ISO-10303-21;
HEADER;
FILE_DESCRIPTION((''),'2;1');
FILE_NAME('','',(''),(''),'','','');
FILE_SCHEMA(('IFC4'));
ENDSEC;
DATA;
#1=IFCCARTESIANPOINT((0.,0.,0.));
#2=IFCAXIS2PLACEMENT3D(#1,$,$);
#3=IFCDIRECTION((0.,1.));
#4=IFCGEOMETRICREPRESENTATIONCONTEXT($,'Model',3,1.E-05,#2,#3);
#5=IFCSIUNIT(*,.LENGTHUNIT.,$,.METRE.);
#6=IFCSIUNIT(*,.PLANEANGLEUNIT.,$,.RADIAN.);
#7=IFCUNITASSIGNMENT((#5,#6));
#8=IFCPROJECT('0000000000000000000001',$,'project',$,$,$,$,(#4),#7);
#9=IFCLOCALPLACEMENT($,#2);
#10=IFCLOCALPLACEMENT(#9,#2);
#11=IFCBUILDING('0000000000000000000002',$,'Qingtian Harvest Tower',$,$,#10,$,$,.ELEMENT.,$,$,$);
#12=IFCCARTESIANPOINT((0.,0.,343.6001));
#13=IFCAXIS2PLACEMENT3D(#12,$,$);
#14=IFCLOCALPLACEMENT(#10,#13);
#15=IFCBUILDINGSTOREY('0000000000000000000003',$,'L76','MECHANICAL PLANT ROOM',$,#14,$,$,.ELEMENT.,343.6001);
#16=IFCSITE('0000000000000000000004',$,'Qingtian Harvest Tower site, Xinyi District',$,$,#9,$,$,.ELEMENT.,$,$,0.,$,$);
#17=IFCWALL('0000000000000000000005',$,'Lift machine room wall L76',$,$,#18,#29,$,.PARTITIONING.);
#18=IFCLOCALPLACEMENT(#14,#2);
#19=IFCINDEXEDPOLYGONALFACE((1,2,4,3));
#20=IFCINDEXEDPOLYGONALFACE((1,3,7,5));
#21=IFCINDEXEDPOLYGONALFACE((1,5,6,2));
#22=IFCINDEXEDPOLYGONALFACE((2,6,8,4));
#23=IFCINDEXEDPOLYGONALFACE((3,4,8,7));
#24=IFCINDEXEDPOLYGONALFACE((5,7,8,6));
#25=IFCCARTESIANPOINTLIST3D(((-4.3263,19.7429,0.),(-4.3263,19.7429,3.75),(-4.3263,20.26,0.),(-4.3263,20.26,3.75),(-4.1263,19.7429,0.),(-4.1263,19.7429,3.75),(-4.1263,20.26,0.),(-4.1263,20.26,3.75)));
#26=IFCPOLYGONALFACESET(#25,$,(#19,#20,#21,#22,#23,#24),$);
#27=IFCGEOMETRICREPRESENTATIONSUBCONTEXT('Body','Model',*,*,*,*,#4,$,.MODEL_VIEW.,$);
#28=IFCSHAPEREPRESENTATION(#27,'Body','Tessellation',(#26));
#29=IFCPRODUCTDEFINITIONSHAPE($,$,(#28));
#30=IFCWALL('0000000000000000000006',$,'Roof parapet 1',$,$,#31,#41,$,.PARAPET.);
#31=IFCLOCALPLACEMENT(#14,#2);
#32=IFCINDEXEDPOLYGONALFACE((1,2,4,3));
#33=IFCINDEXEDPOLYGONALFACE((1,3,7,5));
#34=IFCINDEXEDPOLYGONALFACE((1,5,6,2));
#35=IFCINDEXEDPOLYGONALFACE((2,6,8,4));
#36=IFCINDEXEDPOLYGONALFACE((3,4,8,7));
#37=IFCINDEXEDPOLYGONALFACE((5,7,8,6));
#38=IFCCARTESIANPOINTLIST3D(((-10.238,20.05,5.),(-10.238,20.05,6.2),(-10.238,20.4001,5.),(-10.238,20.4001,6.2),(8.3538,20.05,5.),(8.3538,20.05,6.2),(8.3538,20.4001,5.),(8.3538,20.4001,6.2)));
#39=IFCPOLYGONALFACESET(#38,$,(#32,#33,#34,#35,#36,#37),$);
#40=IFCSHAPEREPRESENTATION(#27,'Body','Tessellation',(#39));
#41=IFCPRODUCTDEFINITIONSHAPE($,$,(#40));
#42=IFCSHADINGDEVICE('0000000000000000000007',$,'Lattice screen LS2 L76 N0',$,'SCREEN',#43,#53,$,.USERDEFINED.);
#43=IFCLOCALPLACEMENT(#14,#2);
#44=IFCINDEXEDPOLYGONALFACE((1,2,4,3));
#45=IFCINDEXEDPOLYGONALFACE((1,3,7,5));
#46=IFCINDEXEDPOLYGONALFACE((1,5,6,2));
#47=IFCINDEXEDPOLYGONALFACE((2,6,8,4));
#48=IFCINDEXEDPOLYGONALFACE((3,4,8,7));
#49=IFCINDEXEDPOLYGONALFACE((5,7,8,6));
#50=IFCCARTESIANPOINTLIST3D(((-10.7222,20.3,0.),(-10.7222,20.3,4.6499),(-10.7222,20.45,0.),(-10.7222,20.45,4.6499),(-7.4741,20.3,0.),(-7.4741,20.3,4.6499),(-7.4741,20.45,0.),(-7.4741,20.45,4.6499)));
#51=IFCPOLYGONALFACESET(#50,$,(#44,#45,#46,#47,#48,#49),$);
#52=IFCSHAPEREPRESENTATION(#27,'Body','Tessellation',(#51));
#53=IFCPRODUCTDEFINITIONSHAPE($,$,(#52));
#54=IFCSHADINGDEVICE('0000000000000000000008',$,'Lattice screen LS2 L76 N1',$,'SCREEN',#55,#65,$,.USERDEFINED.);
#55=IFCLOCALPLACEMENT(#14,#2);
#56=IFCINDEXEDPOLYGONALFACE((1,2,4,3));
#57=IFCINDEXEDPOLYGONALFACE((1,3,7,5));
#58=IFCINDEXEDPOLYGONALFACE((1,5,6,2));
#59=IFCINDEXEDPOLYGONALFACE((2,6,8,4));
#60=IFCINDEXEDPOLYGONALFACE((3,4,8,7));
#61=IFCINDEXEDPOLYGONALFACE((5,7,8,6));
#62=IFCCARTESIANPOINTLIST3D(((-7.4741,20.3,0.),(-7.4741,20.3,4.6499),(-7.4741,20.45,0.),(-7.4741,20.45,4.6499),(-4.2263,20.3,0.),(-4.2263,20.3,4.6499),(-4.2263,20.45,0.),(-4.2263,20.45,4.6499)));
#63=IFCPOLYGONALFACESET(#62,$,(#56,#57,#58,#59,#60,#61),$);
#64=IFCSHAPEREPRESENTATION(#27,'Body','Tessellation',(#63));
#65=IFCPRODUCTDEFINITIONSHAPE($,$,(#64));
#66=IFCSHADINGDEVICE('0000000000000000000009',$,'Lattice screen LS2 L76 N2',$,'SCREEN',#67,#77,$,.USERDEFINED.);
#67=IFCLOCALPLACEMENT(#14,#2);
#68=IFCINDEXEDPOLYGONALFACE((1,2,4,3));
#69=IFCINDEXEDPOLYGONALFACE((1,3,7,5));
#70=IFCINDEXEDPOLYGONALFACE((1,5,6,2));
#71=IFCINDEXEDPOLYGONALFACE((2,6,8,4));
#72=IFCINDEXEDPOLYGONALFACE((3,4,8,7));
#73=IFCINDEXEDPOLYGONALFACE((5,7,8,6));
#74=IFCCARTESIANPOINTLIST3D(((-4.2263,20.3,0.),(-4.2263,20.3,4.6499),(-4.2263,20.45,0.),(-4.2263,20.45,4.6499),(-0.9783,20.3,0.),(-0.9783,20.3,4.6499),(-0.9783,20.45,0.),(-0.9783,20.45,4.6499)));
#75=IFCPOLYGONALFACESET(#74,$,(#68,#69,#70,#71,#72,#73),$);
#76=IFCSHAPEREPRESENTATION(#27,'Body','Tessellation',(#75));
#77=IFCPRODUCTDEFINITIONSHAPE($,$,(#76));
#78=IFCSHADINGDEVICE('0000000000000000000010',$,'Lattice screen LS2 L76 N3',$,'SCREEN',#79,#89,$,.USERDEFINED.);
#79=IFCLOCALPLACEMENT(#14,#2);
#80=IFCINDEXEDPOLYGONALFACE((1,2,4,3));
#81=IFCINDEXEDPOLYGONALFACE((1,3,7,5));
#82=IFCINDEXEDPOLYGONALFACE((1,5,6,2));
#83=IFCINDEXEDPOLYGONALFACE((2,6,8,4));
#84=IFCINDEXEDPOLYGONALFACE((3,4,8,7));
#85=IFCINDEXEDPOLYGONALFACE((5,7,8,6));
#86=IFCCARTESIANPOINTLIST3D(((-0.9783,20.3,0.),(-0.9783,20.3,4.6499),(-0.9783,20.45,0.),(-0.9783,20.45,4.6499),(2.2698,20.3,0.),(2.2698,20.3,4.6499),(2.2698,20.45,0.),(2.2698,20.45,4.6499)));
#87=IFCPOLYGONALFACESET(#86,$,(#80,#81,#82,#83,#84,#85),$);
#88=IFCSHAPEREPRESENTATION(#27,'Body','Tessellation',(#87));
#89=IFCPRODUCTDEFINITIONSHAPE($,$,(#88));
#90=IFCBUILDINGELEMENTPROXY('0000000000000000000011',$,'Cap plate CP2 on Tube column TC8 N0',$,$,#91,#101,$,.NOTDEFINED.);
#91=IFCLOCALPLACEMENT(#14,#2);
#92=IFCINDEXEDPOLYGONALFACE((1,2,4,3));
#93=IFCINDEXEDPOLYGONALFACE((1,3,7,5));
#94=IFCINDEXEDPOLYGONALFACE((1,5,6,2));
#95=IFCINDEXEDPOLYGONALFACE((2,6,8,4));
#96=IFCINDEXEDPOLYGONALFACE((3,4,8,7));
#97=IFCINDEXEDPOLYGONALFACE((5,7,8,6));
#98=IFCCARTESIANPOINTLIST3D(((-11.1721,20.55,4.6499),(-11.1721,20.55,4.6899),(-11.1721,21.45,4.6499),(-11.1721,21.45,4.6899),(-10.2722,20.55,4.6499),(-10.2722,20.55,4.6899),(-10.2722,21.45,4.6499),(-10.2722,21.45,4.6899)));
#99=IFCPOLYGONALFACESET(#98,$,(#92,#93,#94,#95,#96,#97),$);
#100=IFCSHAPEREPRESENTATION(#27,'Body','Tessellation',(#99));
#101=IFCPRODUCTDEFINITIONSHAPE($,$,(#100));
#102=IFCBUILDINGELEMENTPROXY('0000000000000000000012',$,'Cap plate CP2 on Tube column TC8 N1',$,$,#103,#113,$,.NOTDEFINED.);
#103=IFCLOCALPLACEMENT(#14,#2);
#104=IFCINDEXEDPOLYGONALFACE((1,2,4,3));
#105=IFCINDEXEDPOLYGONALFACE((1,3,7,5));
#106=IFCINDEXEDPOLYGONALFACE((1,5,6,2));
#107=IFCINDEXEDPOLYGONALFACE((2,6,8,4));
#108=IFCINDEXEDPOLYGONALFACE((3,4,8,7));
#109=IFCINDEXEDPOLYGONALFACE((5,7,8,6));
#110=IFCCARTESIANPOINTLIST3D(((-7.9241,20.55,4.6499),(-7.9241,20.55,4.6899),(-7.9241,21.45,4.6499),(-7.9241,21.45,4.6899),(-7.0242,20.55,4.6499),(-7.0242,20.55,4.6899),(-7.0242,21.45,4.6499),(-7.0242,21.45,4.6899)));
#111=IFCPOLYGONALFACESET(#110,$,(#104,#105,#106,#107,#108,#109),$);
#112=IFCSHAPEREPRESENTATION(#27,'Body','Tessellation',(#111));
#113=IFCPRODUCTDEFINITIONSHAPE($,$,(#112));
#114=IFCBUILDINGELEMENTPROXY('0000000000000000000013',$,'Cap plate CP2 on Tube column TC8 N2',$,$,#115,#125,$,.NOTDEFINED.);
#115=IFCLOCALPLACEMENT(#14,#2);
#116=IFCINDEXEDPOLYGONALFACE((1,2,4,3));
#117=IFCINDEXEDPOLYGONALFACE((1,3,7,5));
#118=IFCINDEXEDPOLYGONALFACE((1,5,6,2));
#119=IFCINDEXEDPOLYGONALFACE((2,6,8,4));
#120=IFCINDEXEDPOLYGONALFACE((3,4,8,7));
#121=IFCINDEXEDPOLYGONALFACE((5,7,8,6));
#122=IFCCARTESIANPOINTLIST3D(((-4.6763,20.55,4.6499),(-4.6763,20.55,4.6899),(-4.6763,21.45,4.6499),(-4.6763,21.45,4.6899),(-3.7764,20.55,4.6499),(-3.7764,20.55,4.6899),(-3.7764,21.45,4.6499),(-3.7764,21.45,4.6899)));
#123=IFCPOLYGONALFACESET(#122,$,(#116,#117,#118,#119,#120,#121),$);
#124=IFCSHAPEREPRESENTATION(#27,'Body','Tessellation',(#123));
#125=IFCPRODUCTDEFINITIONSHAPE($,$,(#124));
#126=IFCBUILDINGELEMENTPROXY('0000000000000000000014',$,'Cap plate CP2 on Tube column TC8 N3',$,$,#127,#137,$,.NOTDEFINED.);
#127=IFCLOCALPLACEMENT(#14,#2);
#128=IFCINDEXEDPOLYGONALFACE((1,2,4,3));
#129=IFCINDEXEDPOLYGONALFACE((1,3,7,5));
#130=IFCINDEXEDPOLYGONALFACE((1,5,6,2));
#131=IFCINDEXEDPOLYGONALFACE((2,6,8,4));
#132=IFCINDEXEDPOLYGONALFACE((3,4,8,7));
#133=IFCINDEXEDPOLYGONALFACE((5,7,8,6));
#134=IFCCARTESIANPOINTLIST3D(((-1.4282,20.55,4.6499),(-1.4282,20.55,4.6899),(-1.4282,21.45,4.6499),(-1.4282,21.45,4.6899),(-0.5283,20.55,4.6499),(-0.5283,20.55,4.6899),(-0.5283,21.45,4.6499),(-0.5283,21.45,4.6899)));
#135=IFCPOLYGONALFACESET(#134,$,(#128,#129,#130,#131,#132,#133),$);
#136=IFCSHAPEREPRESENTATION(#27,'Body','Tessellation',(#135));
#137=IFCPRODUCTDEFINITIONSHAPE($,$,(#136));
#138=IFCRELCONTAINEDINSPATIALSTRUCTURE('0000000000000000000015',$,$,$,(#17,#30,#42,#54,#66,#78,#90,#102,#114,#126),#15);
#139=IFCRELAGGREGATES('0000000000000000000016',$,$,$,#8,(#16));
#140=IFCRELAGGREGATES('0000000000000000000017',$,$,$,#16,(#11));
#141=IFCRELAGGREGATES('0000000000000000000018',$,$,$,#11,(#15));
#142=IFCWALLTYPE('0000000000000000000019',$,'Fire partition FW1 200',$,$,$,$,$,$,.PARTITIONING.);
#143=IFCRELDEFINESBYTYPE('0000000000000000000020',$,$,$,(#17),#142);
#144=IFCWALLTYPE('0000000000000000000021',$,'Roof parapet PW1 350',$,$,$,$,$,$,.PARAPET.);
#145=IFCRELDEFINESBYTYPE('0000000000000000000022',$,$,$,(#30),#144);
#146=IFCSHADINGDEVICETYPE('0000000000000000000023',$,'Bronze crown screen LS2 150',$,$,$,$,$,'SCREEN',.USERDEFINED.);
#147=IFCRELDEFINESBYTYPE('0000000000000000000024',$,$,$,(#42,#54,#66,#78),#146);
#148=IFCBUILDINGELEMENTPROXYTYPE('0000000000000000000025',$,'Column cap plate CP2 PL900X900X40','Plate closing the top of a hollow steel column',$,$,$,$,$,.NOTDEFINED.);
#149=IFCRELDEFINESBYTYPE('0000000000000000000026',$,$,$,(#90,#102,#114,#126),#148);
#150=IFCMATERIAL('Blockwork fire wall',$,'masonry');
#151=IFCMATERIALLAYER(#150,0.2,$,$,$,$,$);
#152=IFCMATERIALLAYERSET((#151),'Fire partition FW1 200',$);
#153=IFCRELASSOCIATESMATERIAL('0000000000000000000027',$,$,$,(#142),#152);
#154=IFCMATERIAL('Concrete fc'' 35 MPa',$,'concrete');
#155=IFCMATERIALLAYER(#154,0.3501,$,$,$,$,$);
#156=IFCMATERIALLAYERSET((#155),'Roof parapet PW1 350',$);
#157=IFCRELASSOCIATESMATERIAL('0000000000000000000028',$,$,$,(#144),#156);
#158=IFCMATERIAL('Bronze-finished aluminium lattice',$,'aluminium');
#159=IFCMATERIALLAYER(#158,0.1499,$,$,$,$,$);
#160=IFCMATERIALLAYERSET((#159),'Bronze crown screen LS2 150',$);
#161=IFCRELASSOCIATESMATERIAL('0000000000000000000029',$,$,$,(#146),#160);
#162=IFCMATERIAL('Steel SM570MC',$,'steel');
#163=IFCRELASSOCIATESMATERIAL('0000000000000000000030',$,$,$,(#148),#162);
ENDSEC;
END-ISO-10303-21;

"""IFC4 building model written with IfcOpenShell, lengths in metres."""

from ifc_helpers import new_model, si_unit, direction, frame, frame_2d, origin, origin_2d, place, context, subcontext, project, spatial, polyline, rectangle, outline, extrude, material, layer, layer_set, material_profile, profile_set, type_object, element, save


model = new_model("IFC4")

# Units and contexts
model_context = context("Model", 3, precision=1e-05, world=origin(), true_north=direction((0.0, 1.0)))
body_context = subcontext(model_context, "Body", "Model", "MODEL_VIEW")
ifc_project = project(units=[si_unit("LENGTHUNIT", "METRE"), si_unit("PLANEANGLEUNIT", "RADIAN")], contexts=[model_context])

# Site, building, storey
site_placement = place(None, origin())
site = spatial("IfcSite", under=ifc_project, at=site_placement, Name="Qingtian Harvest Tower site, Xinyi District", CompositionType="ELEMENT", RefElevation=0.0)
building_placement = place(site_placement, origin())
building = spatial("IfcBuilding", under=site, at=building_placement, Name="Qingtian Harvest Tower", CompositionType="ELEMENT")
storey_placement = place(building_placement, frame((0.0, 0.0, 343.6001)))
storey = spatial("IfcBuildingStorey", under=building, at=storey_placement, Name="L76", Description="MECHANICAL PLANT ROOM", CompositionType="ELEMENT", Elevation=343.6001)

# Walls
ifc_material_1 = material(Name="Blockwork fire wall", Category="masonry")
ifc_layer_1 = layer(ifc_material_1, 0.2)
ifc_layer_set_1 = layer_set([ifc_layer_1], Name="Fire partition FW1 200")
wall_type_1 = type_object("IfcWallType", Name="Fire partition FW1 200", PredefinedType="PARTITIONING", material=ifc_layer_set_1)
wall_1_placement = place(storey_placement, frame((-4.2263, 20.26, 0.0), z_axis=(0.0, 0.0, 1.0), x_axis=(0.0, -1.0, 0.0)))
element("IfcWall", 1, at=wall_1_placement, inside=storey, type_object=wall_type_1, Name="Lift machine room wall L76", PredefinedType="PARTITIONING", context=body_context, shape_type="SweptSolid", body=[
    extrude(rectangle(XDim=0.5171, YDim=0.2, at=frame_2d((0.2585, 0.0))), origin(), (0.0, 0.0, 1.0), 3.75),
])
ifc_material_2 = material(Name="Concrete fc' 35 MPa", Category="concrete")
ifc_layer_2 = layer(ifc_material_2, 0.3501)
ifc_layer_set_2 = layer_set([ifc_layer_2], Name="Roof parapet PW1 350")
wall_type_2 = type_object("IfcWallType", Name="Roof parapet PW1 350", PredefinedType="PARAPET", material=ifc_layer_set_2)
wall_2_placement = place(storey_placement, frame((-10.238, 20.2251, 5.0), z_axis=(0.0, 0.0, 1.0), x_axis=(1.0, 0.0, 0.0)))
element("IfcWall", 2, at=wall_2_placement, inside=storey, type_object=wall_type_2, Name="Roof parapet 1", PredefinedType="PARAPET", context=body_context, shape_type="SweptSolid", body=[
    extrude(rectangle(XDim=18.5918, YDim=0.3501, at=frame_2d((9.2959, 0.0))), origin(), (0.0, 0.0, 1.0), 1.2),
])

# Shading devices
ifc_material_3 = material(Name="Bronze-finished aluminium lattice", Category="aluminium")
ifc_layer_3 = layer(ifc_material_3, 0.1499)
ifc_layer_set_3 = layer_set([ifc_layer_3], Name="Bronze crown screen LS2 150")
shading_device_type = type_object("IfcShadingDeviceType", Name="Bronze crown screen LS2 150", ElementType="SCREEN", PredefinedType="USERDEFINED", material=ifc_layer_set_3)
shading_device_1_placement = place(storey_placement, frame((-10.7222, 20.3, 0.0), z_axis=(0.0, -1.0, 0.0), x_axis=(1.0, 0.0, 0.0)))
element("IfcShadingDevice", 3, at=shading_device_1_placement, inside=storey, type_object=shading_device_type, Name="Lattice screen LS2 L76 N0", ObjectType="SCREEN", PredefinedType="USERDEFINED", context=body_context, shape_type="SweptSolid", body=[
    extrude(outline(polyline([(0.0, 0.0), (3.248, 0.0), (3.248, 4.6499), (0.0, 4.6499), (0.0, 0.0)])), origin(), (0.0, 0.0, -1.0), 0.1499),
])
shading_device_2_placement = place(storey_placement, frame((-7.4741, 20.3, 0.0), z_axis=(0.0, -1.0, 0.0), x_axis=(1.0, 0.0, 0.0)))
element("IfcShadingDevice", 4, at=shading_device_2_placement, inside=storey, type_object=shading_device_type, Name="Lattice screen LS2 L76 N1", ObjectType="SCREEN", PredefinedType="USERDEFINED", context=body_context, shape_type="SweptSolid", body=[
    extrude(outline(polyline([(0.0, 0.0), (3.2478, 0.0), (3.2478, 4.6499), (0.0, 4.6499), (0.0, 0.0)])), origin(), (0.0, 0.0, -1.0), 0.1499),
])
for number, where, z_axis, x_axis, name in (
    (5, (-4.2263, 20.3, 0.0), (0.0, -1.0, 0.0), (1.0, 0.0, 0.0), "Lattice screen LS2 L76 N2"),
    (6, (-0.9783, 20.3, 0.0), (0.0, -1.0, 0.0), (1.0, 0.0, 0.0), "Lattice screen LS2 L76 N3"),
):
    element("IfcShadingDevice", number, at=place(storey_placement, frame(where, z_axis=z_axis, x_axis=x_axis)), inside=storey, type_object=shading_device_type, Name=name, ObjectType="SCREEN", PredefinedType="USERDEFINED", context=body_context, shape_type="SweptSolid", body=[
        extrude(outline(polyline([(0.0, 0.0), (3.248, 0.0), (3.248, 4.6499), (0.0, 4.6499), (0.0, 0.0)])), origin(), (0.0, 0.0, -1.0), 0.1499),
    ])

# Building element proxies
ifc_material_4 = material(Name="Steel SM570MC", Category="steel")
ifc_material_profile_1 = material_profile(ifc_material_4, rectangle(XDim=0.8999, YDim=0.8999, at=origin_2d()), Name="PL900X900X40")
ifc_profile_set_1 = profile_set([ifc_material_profile_1], Name="Steel SM570MC")
building_element_proxy_type = type_object("IfcBuildingElementProxyType", Name="Column cap plate CP2 PL900X900X40", Description="Plate closing the top of a hollow steel column", PredefinedType="NOTDEFINED", material=ifc_profile_set_1)
for number, where, z_axis, x_axis, name in (
    (7, (-10.7222, 21.0, 4.6499), (0.0, 0.0, 1.0), (-1.0, 0.0, 0.0), "Cap plate CP2 on Tube column TC8 N0"),
    (8, (-7.4741, 21.0, 4.6499), (0.0, 0.0, 1.0), (-1.0, 0.0, 0.0), "Cap plate CP2 on Tube column TC8 N1"),
    (9, (-4.2263, 21.0, 4.6499), (0.0, 0.0, 1.0), (-1.0, 0.0, 0.0), "Cap plate CP2 on Tube column TC8 N2"),
    (10, (-0.9783, 21.0, 4.6499), (0.0, 0.0, 1.0), (-1.0, 0.0, 0.0), "Cap plate CP2 on Tube column TC8 N3"),
):
    element("IfcBuildingElementProxy", number, at=place(storey_placement, frame(where, z_axis=z_axis, x_axis=x_axis)), inside=storey, type_object=building_element_proxy_type, Name=name, PredefinedType="NOTDEFINED", context=body_context, shape_type="SweptSolid", body=[
        extrude(rectangle(XDim=0.8999, YDim=0.8999, at=origin_2d()), origin(), (0.0, 0.0, 1.0), 0.04),
    ])

save(model, "model.ifc")
